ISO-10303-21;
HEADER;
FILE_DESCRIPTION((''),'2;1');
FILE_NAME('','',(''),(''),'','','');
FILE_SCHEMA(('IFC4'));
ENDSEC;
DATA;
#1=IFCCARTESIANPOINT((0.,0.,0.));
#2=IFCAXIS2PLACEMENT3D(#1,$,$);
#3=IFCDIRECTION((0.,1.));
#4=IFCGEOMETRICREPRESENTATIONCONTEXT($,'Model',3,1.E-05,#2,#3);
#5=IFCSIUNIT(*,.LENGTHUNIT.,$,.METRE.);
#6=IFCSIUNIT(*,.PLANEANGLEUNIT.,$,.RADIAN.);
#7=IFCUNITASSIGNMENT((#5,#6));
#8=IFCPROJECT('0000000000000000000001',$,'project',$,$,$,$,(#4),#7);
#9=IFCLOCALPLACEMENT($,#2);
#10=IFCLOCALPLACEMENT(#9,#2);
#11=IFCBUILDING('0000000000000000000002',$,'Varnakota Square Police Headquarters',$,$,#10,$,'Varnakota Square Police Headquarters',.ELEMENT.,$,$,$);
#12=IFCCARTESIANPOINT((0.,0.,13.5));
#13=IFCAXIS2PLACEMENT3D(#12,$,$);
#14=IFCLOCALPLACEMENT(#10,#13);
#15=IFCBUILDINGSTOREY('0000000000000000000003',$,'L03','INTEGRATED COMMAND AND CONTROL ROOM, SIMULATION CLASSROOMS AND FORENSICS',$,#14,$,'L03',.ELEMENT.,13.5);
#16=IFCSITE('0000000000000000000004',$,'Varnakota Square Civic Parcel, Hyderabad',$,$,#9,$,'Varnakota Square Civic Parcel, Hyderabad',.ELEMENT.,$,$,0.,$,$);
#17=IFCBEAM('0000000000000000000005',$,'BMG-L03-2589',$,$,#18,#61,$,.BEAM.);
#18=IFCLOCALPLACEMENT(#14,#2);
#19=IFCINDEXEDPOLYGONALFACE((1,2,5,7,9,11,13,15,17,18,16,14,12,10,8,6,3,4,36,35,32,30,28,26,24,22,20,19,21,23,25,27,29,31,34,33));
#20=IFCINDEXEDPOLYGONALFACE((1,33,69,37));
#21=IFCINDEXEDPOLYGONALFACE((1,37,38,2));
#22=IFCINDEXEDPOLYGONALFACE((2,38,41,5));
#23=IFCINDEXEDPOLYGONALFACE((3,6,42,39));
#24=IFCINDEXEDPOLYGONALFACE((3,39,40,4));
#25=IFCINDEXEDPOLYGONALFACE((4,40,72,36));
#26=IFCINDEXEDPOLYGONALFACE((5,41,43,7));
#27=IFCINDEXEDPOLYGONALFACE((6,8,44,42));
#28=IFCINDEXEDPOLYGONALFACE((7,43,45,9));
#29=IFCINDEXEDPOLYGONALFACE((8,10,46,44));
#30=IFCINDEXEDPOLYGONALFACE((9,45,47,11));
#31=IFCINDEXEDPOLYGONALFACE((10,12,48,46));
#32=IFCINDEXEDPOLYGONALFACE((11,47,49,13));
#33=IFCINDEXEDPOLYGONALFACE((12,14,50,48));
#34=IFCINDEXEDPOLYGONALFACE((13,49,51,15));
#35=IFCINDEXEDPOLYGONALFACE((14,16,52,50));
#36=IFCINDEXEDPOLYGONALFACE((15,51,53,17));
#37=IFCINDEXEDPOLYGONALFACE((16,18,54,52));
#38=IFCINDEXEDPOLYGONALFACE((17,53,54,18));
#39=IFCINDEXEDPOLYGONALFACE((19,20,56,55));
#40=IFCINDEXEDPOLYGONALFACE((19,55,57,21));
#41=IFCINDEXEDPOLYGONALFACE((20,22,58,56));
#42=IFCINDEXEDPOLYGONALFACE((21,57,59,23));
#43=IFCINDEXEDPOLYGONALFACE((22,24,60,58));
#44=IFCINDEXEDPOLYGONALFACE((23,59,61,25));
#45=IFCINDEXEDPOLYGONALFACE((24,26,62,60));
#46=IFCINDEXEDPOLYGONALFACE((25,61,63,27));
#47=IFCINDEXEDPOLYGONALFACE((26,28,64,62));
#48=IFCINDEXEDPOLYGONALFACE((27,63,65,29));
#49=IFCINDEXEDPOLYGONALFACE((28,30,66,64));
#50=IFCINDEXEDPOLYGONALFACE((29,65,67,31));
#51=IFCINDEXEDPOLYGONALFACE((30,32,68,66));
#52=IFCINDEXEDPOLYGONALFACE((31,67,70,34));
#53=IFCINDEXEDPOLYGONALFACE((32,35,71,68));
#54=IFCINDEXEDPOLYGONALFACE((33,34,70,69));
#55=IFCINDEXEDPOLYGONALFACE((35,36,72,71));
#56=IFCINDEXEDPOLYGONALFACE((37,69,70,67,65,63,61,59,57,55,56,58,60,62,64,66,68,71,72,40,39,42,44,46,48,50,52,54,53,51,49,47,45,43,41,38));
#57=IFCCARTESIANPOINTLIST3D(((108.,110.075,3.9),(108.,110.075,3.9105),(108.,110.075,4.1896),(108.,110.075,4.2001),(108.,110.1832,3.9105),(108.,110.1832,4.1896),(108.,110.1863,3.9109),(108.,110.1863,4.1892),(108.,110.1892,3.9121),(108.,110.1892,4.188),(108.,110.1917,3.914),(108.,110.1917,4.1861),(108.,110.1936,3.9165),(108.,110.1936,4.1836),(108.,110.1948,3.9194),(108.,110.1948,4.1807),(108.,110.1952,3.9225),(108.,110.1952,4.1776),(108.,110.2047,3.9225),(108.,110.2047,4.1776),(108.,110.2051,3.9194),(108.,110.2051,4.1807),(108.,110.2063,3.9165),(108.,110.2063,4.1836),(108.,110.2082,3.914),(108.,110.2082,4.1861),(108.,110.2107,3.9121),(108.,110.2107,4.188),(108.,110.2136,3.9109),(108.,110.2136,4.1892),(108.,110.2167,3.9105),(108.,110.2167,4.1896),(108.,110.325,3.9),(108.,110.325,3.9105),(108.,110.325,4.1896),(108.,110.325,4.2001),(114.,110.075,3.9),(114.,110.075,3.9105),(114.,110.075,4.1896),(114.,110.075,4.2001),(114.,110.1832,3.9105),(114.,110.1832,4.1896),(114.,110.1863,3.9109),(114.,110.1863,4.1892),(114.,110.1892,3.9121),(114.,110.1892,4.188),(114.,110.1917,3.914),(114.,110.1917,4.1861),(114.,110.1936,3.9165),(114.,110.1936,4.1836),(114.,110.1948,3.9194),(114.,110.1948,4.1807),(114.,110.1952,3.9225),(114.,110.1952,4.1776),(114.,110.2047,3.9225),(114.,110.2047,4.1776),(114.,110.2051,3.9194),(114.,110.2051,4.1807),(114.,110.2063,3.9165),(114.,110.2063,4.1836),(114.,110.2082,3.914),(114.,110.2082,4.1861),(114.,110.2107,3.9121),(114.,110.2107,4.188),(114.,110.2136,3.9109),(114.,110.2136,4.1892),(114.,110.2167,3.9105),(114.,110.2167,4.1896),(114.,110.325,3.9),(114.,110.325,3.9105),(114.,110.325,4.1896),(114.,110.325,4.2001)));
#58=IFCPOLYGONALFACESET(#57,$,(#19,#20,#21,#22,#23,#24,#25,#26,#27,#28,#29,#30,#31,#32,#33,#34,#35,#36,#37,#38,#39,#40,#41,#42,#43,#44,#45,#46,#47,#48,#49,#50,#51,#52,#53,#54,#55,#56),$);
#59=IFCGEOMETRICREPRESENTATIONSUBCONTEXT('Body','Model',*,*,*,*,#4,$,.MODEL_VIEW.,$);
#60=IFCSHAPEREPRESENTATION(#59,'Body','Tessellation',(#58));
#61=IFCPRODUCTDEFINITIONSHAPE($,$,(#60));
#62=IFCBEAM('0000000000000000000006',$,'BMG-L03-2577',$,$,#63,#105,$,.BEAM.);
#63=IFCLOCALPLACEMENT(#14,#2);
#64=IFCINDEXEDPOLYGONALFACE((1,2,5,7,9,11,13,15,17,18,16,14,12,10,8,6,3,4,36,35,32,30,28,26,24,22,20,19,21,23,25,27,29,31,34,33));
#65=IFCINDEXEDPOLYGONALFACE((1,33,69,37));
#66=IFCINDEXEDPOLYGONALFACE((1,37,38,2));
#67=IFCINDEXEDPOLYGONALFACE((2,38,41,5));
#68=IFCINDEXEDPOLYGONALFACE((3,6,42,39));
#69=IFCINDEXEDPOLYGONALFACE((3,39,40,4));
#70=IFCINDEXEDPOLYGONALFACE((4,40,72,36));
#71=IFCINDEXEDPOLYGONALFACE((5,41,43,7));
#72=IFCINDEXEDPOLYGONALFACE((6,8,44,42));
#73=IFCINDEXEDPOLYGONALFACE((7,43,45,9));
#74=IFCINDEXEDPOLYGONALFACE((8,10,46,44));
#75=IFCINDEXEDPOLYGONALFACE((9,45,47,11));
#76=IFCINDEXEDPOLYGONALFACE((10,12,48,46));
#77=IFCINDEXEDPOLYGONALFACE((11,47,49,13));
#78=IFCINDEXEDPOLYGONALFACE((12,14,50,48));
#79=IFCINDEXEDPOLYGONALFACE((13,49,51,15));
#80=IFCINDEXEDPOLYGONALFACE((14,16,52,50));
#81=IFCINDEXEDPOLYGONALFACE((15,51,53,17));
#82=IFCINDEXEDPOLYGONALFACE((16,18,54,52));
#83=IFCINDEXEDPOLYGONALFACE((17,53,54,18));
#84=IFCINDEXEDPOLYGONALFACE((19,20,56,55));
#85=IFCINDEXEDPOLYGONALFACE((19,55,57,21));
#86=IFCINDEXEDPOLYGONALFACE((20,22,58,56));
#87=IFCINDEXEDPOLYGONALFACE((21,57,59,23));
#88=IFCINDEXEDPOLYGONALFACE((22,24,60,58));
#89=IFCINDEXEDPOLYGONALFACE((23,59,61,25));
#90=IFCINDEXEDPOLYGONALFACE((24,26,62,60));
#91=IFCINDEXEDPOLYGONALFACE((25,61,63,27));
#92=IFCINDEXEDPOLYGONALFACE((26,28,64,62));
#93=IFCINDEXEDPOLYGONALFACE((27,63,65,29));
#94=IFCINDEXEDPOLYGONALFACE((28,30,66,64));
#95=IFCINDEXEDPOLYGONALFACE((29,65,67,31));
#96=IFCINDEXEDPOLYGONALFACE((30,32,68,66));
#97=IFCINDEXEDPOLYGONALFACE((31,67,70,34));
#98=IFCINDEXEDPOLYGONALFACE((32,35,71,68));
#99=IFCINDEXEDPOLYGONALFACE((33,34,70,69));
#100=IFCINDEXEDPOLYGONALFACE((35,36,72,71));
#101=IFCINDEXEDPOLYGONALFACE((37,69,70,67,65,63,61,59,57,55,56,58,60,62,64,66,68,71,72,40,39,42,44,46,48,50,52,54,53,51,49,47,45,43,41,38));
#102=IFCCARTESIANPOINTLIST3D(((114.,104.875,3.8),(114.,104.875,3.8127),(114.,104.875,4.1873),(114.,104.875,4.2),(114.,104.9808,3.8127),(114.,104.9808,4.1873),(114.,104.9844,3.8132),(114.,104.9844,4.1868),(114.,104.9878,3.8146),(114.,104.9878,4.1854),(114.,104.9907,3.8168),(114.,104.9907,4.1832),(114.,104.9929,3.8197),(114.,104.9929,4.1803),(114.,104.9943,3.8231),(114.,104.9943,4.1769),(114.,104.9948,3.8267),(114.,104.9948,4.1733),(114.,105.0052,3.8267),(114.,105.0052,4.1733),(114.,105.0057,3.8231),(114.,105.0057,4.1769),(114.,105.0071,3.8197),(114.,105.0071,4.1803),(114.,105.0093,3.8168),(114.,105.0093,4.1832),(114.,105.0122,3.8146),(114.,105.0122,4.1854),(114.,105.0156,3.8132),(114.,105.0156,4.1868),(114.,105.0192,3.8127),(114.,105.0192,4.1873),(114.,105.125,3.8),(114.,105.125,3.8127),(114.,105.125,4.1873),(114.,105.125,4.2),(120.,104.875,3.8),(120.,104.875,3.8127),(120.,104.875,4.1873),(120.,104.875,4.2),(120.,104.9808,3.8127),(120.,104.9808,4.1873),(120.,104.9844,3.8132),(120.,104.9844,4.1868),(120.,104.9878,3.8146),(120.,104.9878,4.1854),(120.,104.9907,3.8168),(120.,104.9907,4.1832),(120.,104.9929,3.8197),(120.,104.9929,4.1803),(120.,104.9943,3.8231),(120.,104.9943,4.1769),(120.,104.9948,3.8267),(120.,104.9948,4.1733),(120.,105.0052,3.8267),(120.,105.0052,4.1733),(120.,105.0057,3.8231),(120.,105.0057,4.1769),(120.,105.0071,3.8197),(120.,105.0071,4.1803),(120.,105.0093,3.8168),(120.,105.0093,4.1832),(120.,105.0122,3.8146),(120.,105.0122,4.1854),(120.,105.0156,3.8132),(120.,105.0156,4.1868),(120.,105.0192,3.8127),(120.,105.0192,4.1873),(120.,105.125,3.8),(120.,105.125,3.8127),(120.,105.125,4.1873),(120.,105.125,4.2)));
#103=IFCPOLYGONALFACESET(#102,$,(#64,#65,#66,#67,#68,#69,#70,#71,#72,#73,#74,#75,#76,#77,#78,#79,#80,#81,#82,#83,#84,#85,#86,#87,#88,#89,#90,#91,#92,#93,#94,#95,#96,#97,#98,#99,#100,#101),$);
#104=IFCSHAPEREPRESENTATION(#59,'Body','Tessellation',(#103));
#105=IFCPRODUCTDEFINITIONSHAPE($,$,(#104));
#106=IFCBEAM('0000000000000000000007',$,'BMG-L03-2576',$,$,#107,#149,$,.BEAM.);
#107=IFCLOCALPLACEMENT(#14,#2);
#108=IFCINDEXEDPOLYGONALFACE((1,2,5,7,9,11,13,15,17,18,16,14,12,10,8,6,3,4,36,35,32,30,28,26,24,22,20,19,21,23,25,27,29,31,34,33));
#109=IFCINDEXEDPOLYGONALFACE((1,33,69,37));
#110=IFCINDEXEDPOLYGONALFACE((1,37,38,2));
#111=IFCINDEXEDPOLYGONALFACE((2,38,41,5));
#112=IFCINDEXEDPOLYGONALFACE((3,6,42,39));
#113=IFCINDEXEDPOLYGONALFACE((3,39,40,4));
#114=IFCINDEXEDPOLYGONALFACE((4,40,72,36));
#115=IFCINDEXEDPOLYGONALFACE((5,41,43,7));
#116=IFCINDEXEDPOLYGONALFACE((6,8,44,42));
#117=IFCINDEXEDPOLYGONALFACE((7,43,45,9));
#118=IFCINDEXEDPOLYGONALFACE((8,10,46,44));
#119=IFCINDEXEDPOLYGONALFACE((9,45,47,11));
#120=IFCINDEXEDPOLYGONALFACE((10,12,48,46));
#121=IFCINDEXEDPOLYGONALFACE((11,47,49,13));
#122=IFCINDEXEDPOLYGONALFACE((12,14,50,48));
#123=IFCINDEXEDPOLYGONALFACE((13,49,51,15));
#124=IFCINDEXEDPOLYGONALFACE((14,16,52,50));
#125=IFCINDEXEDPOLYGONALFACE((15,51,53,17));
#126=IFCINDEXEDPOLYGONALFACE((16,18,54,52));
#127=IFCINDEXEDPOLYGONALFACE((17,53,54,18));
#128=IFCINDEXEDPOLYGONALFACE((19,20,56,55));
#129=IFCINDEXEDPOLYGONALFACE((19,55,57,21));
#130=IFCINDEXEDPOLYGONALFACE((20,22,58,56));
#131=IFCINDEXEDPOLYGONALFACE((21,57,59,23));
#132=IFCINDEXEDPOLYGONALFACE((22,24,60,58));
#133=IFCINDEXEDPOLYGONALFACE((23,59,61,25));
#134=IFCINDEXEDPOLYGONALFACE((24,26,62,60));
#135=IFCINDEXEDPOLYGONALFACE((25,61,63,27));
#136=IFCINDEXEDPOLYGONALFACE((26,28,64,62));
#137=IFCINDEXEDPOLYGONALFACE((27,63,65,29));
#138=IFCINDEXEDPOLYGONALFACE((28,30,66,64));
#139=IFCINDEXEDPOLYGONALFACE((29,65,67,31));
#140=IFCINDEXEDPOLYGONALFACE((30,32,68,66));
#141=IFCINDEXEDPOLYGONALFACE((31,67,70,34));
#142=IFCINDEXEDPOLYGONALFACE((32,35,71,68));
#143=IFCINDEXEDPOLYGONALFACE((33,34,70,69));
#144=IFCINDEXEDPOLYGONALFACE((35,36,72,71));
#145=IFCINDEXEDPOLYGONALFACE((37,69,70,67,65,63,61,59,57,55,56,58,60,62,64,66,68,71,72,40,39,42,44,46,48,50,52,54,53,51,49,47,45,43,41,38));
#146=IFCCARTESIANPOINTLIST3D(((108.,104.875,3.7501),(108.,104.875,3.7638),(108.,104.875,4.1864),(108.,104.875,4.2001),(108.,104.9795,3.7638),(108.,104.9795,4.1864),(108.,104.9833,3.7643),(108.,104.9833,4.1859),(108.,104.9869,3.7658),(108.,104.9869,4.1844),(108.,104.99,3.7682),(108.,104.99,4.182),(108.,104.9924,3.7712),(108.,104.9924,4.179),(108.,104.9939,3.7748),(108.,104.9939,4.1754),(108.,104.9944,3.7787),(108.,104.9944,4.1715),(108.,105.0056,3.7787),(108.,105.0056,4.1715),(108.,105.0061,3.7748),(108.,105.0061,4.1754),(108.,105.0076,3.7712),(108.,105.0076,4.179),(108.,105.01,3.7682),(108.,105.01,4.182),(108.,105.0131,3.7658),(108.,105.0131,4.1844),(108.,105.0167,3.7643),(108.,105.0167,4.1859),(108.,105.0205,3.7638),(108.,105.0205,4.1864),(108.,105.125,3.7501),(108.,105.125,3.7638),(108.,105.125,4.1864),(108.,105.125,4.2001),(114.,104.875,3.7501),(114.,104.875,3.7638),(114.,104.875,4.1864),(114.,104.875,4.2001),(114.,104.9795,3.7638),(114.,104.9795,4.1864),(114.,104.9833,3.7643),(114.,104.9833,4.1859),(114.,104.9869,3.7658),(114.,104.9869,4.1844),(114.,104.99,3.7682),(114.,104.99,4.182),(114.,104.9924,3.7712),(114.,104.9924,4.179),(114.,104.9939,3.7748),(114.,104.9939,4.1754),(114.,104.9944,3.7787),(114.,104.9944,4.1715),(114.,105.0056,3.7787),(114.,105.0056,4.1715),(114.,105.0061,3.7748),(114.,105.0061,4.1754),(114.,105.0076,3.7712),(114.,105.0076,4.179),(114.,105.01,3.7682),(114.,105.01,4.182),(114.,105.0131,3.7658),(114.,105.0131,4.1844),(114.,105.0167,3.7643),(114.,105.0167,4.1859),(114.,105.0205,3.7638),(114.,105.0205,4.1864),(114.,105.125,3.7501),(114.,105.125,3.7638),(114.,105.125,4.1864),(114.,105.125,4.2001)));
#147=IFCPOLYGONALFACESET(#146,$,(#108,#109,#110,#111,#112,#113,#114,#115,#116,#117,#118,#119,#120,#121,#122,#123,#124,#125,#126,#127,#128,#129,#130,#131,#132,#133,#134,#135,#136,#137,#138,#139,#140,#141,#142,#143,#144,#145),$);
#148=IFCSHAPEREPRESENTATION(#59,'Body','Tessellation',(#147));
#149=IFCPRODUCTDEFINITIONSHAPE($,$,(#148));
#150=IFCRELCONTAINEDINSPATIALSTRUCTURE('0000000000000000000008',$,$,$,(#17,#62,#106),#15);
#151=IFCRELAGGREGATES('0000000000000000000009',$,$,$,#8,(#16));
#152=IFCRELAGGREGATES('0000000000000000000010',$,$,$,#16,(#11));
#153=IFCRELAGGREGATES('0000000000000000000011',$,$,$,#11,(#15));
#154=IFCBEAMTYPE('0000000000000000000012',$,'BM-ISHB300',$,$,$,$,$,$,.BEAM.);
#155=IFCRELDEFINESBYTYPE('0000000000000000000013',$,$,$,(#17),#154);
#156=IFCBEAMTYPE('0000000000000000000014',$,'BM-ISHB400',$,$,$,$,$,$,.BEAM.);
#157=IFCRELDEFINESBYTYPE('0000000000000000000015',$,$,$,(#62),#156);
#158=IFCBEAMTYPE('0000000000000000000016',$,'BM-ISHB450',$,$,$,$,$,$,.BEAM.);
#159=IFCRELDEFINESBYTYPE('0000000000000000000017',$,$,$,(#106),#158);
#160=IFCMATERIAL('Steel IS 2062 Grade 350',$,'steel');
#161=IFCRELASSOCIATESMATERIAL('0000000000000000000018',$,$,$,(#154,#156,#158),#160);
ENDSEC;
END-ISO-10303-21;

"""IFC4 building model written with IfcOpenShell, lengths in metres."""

from ifc_helpers import new_model, si_unit, direction, frame, origin, origin_2d, place, context, subcontext, project, spatial, i_section, extrude, material, material_profile, profile_set, type_object, element, save


model = new_model("IFC4")

# Units and contexts
model_context = context("Model", 3, precision=1e-05, world=origin(), true_north=direction((0.0, 1.0)))
body_context = subcontext(model_context, "Body", "Model", "MODEL_VIEW")
ifc_project = project(units=[si_unit("LENGTHUNIT", "METRE"), si_unit("PLANEANGLEUNIT", "RADIAN")], contexts=[model_context])

# Site, building, storey
site_placement = place(None, origin())
site = spatial("IfcSite", under=ifc_project, at=site_placement, Name="Varnakota Square Civic Parcel, Hyderabad", LongName="Varnakota Square Civic Parcel, Hyderabad", CompositionType="ELEMENT", RefElevation=0.0)
building_placement = place(site_placement, origin())
building = spatial("IfcBuilding", under=site, at=building_placement, Name="Varnakota Square Police Headquarters", LongName="Varnakota Square Police Headquarters", CompositionType="ELEMENT")
storey_placement = place(building_placement, frame((0.0, 0.0, 13.5)))
storey = spatial("IfcBuildingStorey", under=building, at=storey_placement, Name="L03", Description="INTEGRATED COMMAND AND CONTROL ROOM, SIMULATION CLASSROOMS AND FORENSICS", LongName="L03", CompositionType="ELEMENT", Elevation=13.5)

# Shared definitions
ifc_material_1 = material(Name="Steel IS 2062 Grade 350", Category="steel")

# Beams
ifc_material_profile_1 = material_profile(ifc_material_1, i_section(OverallWidth=0.25, OverallDepth=0.3, WebThickness=0.0095, FlangeThickness=0.0105, FilletRadius=0.012, at=origin_2d()), Name="ISHB 300")
ifc_profile_set_1 = profile_set([ifc_material_profile_1], Name="Steel IS 2062 Grade 350")
beam_type_1 = type_object("IfcBeamType", Name="BM-ISHB300", PredefinedType="BEAM", material=ifc_profile_set_1)
beam_1_placement = place(storey_placement, frame((108.0, 110.2, 4.05), z_axis=(1.0, 0.0, 0.0), x_axis=(0.0, 1.0, 0.0)))
element("IfcBeam", 1, at=beam_1_placement, inside=storey, type_object=beam_type_1, Name="BMG-L03-2589", PredefinedType="BEAM", context=body_context, shape_type="SweptSolid", body=[
    extrude(i_section(OverallWidth=0.25, OverallDepth=0.3, WebThickness=0.0095, FlangeThickness=0.0105, FilletRadius=0.012, at=origin_2d()), origin(), (0.0, 0.0, 1.0), 6.0),
])
ifc_material_profile_2 = material_profile(ifc_material_1, i_section(OverallWidth=0.25, OverallDepth=0.3999, WebThickness=0.0105, FlangeThickness=0.0127, FilletRadius=0.0139, at=origin_2d()), Name="ISHB 400")
ifc_profile_set_2 = profile_set([ifc_material_profile_2], Name="Steel IS 2062 Grade 350")
beam_type_2 = type_object("IfcBeamType", Name="BM-ISHB400", PredefinedType="BEAM", material=ifc_profile_set_2)
beam_2_placement = place(storey_placement, frame((114.0, 105.0, 4.0), z_axis=(1.0, 0.0, 0.0), x_axis=(0.0, 1.0, 0.0)))
element("IfcBeam", 2, at=beam_2_placement, inside=storey, type_object=beam_type_2, Name="BMG-L03-2577", PredefinedType="BEAM", context=body_context, shape_type="SweptSolid", body=[
    extrude(i_section(OverallWidth=0.25, OverallDepth=0.3999, WebThickness=0.0105, FlangeThickness=0.0127, FilletRadius=0.0139, at=origin_2d()), origin(), (0.0, 0.0, 1.0), 6.0),
])
ifc_material_profile_3 = material_profile(ifc_material_1, i_section(OverallWidth=0.25, OverallDepth=0.45, WebThickness=0.0112, FlangeThickness=0.0137, FilletRadius=0.0149, at=origin_2d()), Name="ISHB 450")
ifc_profile_set_3 = profile_set([ifc_material_profile_3], Name="Steel IS 2062 Grade 350")
beam_type_3 = type_object("IfcBeamType", Name="BM-ISHB450", PredefinedType="BEAM", material=ifc_profile_set_3)
beam_3_placement = place(storey_placement, frame((108.0, 105.0, 3.9751), z_axis=(1.0, 0.0, 0.0), x_axis=(0.0, 1.0, 0.0)))
element("IfcBeam", 3, at=beam_3_placement, inside=storey, type_object=beam_type_3, Name="BMG-L03-2576", PredefinedType="BEAM", context=body_context, shape_type="SweptSolid", body=[
    extrude(i_section(OverallWidth=0.25, OverallDepth=0.45, WebThickness=0.0112, FlangeThickness=0.0137, FilletRadius=0.0149, at=origin_2d()), origin(), (0.0, 0.0, 1.0), 6.0),
])

save(model, "model.ifc")
